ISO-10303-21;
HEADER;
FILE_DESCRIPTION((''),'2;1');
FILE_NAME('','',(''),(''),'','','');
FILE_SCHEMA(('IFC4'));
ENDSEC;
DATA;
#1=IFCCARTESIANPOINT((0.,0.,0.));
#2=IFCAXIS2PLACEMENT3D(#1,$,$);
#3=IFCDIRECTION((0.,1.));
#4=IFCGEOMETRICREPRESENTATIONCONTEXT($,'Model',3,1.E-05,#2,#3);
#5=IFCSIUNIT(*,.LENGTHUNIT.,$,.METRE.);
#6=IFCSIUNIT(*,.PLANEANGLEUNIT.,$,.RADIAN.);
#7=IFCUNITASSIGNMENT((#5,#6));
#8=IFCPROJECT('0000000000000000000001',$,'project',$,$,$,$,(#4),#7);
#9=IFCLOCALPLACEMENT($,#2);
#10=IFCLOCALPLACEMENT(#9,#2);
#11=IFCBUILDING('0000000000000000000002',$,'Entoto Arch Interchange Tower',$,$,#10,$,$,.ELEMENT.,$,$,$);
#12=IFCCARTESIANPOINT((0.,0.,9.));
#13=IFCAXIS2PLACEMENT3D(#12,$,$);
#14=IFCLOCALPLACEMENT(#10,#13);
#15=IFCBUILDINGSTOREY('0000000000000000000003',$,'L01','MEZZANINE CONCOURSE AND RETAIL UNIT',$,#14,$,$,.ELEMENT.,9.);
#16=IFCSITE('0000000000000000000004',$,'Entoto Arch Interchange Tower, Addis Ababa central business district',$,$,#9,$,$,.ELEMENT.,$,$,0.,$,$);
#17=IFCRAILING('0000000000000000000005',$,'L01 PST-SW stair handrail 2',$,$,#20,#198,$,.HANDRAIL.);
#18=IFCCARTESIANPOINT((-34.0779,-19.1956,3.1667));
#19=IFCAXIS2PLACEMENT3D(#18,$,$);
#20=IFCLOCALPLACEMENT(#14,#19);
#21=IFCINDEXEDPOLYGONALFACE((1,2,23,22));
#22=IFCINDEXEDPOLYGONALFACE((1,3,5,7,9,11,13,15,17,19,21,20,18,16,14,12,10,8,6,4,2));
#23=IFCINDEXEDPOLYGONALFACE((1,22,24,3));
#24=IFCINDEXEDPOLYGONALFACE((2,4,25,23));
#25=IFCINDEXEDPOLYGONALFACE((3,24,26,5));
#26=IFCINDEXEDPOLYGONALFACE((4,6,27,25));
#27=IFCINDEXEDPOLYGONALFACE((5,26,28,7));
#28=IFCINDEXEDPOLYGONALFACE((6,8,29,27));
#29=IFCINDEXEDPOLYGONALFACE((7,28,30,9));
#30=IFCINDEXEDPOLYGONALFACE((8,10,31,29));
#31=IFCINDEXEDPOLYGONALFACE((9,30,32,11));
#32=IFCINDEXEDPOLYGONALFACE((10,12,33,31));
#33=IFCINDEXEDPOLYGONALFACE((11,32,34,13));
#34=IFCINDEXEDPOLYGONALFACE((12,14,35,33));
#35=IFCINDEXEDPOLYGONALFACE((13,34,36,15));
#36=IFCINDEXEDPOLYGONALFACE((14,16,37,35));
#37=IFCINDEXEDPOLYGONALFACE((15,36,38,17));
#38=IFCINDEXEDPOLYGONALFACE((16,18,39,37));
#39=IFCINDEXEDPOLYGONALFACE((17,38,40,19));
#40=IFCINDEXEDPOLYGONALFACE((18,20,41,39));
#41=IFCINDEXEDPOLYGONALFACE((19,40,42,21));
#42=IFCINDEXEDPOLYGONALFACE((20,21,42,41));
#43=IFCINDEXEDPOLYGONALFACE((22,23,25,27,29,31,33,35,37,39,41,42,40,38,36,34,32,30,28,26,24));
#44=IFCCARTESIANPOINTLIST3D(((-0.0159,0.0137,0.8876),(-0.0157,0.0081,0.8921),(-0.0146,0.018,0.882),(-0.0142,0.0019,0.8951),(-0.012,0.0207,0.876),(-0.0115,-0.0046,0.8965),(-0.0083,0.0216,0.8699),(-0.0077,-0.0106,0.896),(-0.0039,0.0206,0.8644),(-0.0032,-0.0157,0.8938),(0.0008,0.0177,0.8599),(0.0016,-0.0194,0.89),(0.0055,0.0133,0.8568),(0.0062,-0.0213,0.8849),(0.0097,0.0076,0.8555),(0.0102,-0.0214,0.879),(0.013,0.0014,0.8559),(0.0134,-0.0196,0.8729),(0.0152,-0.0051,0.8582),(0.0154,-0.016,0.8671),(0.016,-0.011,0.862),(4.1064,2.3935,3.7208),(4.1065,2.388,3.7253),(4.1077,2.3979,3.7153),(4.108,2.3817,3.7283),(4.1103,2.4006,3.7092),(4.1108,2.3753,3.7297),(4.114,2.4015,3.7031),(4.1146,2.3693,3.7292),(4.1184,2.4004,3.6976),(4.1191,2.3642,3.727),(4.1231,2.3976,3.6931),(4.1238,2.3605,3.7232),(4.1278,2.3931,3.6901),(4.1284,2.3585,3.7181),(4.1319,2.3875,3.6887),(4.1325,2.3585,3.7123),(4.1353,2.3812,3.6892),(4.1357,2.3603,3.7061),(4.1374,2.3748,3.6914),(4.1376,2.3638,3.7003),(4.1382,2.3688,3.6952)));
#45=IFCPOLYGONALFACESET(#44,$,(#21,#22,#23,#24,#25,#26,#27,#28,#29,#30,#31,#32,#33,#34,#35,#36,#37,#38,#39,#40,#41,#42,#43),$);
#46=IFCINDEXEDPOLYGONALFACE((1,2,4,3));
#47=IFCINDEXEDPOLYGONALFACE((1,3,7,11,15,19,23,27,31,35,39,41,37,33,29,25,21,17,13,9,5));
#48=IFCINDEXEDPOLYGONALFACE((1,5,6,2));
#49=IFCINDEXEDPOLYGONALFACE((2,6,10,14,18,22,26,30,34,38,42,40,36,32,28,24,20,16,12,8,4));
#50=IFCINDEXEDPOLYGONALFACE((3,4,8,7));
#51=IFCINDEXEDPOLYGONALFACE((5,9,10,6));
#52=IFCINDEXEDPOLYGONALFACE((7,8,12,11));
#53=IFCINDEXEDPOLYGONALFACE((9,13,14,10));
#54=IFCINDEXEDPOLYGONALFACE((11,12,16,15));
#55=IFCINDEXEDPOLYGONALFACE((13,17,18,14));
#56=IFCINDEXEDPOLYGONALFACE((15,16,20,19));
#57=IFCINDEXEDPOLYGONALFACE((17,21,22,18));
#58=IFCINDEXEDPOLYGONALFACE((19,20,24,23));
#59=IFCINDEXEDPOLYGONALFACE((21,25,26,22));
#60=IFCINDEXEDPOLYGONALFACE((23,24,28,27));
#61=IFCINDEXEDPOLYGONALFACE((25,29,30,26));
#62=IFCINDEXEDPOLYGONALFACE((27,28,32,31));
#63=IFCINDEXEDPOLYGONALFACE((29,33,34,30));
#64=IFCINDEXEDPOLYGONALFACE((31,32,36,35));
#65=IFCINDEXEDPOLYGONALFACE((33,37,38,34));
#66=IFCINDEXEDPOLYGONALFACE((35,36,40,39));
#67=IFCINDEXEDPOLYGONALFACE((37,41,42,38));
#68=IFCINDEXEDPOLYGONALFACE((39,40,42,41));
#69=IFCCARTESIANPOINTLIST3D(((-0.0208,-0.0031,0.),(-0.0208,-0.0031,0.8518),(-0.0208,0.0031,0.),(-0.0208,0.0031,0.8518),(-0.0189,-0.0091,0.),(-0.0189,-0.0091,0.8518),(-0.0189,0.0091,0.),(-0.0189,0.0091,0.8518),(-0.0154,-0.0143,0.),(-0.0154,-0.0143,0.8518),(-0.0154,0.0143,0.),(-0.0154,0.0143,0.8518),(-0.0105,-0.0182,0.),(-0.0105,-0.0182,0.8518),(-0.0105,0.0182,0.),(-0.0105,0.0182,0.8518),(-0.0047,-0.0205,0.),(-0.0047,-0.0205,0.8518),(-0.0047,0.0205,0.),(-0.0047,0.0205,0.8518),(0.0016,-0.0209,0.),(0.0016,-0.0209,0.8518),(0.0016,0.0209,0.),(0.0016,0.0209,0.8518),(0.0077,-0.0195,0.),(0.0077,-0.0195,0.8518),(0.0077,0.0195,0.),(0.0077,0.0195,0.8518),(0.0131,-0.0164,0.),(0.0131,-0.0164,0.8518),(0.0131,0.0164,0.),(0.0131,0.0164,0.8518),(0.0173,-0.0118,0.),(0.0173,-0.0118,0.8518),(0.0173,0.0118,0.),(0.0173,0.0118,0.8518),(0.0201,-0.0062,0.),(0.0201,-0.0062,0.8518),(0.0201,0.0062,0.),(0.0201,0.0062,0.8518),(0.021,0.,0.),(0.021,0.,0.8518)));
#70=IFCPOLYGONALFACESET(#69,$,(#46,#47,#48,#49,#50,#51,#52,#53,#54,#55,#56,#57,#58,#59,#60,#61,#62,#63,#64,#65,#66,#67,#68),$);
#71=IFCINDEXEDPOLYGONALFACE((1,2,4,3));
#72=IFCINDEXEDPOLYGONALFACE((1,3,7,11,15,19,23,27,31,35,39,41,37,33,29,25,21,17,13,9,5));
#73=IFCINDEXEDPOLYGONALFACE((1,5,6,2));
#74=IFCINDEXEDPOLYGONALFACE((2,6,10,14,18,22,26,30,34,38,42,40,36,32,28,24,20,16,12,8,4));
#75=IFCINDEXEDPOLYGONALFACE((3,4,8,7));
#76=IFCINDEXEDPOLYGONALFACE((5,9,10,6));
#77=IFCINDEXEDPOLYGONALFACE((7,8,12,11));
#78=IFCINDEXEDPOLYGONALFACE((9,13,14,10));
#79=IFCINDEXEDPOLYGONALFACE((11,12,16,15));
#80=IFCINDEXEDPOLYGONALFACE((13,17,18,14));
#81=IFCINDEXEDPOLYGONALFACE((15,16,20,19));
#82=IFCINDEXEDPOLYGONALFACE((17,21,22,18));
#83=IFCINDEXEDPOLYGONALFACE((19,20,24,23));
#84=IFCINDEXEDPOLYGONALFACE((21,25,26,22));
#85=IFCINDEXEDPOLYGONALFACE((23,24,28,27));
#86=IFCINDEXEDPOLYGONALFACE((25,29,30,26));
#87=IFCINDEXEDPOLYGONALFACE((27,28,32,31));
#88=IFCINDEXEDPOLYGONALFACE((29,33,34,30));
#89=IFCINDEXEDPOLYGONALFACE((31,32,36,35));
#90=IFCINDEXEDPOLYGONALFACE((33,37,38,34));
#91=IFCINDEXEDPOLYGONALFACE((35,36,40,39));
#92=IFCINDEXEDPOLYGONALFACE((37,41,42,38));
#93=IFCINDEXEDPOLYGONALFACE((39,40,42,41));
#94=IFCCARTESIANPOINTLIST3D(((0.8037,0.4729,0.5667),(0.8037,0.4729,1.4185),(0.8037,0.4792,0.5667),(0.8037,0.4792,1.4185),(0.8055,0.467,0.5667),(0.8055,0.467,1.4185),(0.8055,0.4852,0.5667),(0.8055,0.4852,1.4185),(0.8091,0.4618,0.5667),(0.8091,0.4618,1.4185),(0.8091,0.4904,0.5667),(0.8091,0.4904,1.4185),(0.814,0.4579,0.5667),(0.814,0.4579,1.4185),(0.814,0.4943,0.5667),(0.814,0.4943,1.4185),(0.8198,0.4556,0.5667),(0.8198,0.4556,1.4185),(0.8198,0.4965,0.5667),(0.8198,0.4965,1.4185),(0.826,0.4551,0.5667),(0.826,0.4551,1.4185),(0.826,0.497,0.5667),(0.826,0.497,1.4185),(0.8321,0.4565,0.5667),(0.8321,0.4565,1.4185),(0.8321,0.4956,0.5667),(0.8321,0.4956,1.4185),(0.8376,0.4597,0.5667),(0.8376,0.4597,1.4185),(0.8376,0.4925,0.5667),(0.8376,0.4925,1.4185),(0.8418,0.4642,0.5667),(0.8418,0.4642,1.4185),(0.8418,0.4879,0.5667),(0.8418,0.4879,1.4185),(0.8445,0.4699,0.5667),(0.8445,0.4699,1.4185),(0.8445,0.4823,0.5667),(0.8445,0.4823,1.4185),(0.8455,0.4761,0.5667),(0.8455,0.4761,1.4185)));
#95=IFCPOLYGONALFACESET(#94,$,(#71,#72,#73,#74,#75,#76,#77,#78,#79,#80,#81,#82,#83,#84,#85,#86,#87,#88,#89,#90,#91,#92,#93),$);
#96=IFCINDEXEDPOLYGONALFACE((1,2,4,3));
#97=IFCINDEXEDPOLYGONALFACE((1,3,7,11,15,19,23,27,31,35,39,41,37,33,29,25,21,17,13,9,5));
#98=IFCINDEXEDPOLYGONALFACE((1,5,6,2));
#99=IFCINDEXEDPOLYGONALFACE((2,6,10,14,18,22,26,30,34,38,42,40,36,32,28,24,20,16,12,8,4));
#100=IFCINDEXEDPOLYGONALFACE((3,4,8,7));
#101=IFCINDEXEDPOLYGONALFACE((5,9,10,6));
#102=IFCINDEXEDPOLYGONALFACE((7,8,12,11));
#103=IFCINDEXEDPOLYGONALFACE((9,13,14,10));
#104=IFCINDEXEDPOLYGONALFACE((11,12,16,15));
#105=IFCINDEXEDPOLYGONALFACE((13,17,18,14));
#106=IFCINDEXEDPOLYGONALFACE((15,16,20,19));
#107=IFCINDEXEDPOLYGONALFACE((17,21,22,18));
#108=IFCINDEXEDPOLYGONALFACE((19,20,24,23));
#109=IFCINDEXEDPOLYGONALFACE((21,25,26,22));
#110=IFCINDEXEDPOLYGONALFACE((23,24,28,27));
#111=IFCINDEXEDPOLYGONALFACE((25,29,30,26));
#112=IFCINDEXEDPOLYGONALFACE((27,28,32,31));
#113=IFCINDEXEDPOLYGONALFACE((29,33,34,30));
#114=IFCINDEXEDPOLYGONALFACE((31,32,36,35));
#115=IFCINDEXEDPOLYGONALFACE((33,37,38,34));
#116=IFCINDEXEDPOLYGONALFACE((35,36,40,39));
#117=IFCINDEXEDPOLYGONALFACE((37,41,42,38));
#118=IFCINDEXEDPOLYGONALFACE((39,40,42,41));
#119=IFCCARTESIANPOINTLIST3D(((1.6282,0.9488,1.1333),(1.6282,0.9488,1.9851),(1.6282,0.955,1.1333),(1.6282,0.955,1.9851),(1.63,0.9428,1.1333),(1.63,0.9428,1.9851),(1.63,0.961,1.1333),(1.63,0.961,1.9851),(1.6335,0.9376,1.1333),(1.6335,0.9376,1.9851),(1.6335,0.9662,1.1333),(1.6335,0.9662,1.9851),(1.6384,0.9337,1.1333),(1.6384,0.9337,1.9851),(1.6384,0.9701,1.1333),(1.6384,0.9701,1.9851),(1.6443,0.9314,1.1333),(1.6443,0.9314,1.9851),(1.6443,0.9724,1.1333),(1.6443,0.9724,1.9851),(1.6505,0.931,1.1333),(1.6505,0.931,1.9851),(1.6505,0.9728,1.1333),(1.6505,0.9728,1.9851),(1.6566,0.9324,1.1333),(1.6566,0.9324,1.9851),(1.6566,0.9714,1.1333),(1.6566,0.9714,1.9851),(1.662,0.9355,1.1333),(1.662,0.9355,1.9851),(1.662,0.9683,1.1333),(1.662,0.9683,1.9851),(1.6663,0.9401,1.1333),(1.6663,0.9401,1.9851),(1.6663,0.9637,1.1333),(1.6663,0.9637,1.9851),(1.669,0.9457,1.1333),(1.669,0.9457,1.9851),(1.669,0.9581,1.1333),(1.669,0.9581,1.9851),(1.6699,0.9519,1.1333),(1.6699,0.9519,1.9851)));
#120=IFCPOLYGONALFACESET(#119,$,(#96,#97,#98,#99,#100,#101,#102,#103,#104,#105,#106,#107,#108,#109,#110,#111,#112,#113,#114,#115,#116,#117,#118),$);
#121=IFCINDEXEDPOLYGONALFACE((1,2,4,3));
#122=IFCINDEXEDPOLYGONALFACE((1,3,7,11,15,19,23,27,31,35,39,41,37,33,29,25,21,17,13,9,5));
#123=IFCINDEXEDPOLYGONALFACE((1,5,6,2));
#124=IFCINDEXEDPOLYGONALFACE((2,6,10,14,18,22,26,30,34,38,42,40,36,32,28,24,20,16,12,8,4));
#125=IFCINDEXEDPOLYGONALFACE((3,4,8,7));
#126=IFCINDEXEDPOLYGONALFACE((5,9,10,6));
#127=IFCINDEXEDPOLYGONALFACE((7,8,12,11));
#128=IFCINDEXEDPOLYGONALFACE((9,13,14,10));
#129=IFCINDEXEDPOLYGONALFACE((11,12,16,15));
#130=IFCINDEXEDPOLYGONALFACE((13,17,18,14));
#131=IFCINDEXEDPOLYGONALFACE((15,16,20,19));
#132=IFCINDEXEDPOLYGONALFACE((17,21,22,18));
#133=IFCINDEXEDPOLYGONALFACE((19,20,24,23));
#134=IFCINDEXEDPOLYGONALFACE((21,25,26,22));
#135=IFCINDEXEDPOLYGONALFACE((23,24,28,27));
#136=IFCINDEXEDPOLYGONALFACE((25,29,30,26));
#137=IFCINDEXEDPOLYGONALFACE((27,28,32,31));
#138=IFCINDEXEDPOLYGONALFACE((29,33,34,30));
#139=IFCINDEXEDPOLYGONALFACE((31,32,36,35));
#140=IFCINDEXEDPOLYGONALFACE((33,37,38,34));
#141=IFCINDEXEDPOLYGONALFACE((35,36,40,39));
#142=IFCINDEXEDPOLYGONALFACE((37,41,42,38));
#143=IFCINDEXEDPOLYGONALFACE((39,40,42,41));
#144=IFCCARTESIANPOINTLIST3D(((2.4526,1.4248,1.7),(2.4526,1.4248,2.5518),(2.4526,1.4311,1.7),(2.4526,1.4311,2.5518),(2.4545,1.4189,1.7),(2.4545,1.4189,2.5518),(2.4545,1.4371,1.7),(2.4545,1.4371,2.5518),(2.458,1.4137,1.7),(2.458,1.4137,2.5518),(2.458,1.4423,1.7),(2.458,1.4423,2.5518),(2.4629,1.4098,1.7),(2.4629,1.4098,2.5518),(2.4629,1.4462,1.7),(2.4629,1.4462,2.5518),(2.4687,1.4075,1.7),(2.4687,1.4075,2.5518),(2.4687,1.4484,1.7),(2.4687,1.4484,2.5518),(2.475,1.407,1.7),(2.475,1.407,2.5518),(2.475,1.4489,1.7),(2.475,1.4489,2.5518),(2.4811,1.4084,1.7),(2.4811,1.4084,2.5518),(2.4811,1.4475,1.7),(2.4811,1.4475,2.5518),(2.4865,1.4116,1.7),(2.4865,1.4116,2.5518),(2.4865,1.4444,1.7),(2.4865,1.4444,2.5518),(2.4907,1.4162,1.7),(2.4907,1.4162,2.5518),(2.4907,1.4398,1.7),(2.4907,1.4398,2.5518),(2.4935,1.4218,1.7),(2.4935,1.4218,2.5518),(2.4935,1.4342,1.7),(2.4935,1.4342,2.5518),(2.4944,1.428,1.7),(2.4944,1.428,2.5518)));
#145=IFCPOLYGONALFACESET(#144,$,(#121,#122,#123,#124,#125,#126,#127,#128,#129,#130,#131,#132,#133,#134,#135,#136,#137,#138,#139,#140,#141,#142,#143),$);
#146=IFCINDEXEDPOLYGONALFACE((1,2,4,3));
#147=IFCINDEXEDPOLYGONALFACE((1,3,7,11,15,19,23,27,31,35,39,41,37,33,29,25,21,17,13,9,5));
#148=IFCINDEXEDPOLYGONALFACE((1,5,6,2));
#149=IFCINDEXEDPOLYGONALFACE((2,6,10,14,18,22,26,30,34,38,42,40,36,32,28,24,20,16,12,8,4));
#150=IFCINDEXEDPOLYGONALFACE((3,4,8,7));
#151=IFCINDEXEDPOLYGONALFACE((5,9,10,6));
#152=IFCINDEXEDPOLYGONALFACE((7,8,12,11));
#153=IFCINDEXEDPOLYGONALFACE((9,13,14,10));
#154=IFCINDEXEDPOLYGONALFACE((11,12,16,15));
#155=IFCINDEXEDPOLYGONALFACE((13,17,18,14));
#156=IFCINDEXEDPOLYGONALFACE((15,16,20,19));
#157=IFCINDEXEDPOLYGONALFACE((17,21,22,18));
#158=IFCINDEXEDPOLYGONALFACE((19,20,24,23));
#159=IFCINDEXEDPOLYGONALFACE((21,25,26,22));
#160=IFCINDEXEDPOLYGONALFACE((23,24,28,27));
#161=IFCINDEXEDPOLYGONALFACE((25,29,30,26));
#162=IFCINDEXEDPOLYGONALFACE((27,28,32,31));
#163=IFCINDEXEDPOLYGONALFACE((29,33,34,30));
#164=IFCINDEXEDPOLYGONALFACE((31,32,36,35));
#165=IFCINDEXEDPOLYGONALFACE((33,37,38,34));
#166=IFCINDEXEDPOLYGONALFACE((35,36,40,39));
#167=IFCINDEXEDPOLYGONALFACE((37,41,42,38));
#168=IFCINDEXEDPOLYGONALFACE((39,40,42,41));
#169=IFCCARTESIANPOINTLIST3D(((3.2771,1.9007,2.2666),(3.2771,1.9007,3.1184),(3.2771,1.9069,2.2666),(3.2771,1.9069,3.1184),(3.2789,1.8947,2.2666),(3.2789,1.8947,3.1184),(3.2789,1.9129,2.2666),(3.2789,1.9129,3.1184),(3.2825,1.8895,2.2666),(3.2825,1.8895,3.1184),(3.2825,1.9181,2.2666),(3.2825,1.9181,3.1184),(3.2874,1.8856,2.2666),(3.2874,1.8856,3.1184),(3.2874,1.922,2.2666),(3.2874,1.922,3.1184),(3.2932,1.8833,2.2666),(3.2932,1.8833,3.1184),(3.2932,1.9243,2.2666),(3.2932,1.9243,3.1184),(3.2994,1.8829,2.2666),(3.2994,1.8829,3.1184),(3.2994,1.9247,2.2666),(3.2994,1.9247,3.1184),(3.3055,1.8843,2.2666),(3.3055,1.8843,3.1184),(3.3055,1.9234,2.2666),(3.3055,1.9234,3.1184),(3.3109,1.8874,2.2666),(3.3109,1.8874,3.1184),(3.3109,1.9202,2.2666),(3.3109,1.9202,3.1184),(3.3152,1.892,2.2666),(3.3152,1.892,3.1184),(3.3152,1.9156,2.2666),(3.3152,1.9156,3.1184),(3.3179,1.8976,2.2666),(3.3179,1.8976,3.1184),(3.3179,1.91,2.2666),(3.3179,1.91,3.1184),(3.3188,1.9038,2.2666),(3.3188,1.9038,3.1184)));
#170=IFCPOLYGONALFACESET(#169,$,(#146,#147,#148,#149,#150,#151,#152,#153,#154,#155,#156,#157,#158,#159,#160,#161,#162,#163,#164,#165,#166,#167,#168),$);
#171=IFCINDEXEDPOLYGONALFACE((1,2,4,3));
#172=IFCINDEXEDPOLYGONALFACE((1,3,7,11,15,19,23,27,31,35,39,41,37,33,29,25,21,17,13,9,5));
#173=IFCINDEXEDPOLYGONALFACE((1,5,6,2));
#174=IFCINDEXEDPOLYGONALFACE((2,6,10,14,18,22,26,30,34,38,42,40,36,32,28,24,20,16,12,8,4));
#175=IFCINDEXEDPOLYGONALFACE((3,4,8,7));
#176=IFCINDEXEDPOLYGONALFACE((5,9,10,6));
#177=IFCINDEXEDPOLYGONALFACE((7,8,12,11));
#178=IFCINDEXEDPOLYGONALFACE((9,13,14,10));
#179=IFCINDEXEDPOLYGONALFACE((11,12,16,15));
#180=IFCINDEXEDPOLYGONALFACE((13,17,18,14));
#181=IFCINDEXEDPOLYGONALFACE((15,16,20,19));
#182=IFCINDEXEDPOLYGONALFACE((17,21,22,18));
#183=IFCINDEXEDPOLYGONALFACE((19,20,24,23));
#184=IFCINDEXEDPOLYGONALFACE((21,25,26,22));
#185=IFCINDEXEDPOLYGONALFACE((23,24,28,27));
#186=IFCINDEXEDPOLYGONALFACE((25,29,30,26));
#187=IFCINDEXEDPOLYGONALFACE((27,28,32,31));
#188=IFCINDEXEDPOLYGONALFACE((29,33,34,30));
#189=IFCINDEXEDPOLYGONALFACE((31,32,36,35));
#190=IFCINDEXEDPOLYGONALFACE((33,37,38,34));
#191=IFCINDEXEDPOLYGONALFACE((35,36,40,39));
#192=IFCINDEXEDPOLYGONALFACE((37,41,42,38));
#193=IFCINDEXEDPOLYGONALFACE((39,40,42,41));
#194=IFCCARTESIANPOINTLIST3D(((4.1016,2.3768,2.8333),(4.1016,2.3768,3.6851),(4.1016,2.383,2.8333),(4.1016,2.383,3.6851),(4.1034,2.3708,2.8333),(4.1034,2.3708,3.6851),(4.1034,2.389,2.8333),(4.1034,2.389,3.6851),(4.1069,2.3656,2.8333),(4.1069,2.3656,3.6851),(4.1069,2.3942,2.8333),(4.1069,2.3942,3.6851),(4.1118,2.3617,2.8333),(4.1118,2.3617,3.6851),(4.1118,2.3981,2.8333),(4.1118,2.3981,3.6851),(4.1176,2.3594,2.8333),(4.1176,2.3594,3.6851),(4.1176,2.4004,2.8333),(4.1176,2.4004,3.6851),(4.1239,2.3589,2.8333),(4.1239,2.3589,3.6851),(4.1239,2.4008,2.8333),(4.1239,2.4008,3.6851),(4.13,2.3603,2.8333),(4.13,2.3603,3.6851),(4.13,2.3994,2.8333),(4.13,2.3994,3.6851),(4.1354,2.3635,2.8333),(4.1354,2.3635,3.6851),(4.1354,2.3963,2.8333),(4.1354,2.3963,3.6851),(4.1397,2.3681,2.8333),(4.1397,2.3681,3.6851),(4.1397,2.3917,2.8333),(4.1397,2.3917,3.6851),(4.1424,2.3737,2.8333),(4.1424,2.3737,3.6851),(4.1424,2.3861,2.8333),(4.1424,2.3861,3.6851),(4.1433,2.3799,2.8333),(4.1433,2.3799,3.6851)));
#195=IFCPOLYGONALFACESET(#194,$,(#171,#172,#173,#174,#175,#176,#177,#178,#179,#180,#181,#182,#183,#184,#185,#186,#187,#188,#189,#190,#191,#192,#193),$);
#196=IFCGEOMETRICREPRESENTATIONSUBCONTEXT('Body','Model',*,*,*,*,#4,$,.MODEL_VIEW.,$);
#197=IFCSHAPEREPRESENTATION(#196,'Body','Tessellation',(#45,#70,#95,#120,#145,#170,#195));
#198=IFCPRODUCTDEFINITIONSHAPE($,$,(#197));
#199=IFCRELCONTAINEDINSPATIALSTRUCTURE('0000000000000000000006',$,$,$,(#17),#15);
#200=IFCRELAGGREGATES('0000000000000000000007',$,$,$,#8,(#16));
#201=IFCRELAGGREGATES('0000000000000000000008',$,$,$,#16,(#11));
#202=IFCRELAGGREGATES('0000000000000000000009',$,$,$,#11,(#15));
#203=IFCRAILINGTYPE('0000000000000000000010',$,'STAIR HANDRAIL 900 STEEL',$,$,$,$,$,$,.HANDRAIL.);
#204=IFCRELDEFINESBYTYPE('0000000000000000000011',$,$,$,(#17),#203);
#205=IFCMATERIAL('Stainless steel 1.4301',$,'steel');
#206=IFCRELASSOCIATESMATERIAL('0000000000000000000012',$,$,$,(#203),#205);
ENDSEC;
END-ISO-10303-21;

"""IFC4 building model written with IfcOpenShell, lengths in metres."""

from ifc_helpers import new_model, si_unit, direction, frame, origin, origin_2d, place, context, subcontext, project, spatial, circle, extrude, material, type_object, element, save


model = new_model("IFC4")

# Units and contexts
model_context = context("Model", 3, precision=1e-05, world=origin(), true_north=direction((0.0, 1.0)))
body_context = subcontext(model_context, "Body", "Model", "MODEL_VIEW")
ifc_project = project(units=[si_unit("LENGTHUNIT", "METRE"), si_unit("PLANEANGLEUNIT", "RADIAN")], contexts=[model_context])

# Site, building, storey
site_placement = place(None, origin())
site = spatial("IfcSite", under=ifc_project, at=site_placement, Name="Entoto Arch Interchange Tower, Addis Ababa central business district", CompositionType="ELEMENT", RefElevation=0.0)
building_placement = place(site_placement, origin())
building = spatial("IfcBuilding", under=site, at=building_placement, Name="Entoto Arch Interchange Tower", CompositionType="ELEMENT")
storey_placement = place(building_placement, frame((0.0, 0.0, 9.0)))
storey = spatial("IfcBuildingStorey", under=building, at=storey_placement, Name="L01", Description="MEZZANINE CONCOURSE AND RETAIL UNIT", CompositionType="ELEMENT", Elevation=9.0)

# Railing
ifc_material_1 = material(Name="Stainless steel 1.4301", Category="steel")
railing_type_1 = type_object("IfcRailingType", Name="STAIR HANDRAIL 900 STEEL", PredefinedType="HANDRAIL", material=ifc_material_1)
railing_1_placement = place(storey_placement, frame((-34.0779, -19.1956, 3.1667)))
element("IfcRailing", 1, at=railing_1_placement, inside=storey, type_object=railing_type_1, Name="L01 PST-SW stair handrail 2", PredefinedType="HANDRAIL", context=body_context, shape_type="SweptSolid", body=[
    extrude(circle(Radius=0.0239, at=origin_2d()), frame((0.0, 0.0, 0.876), z_axis=(0.744185, 0.42963, 0.511475), x_axis=(-0.499978, 0.866038, 0.0)), (0.0, 0.0, 1.0), 5.5393),
    extrude(circle(Radius=0.021, at=origin_2d()), origin(), (0.0, 0.0, 1.0), 0.8518),
    extrude(circle(Radius=0.021, at=origin_2d()), frame((0.8245, 0.4761, 0.5667)), (0.0, 0.0, 1.0), 0.8518),
    extrude(circle(Radius=0.021, at=origin_2d()), frame((1.6489, 0.9519, 1.1333)), (0.0, 0.0, 1.0), 0.8518),
    extrude(circle(Radius=0.021, at=origin_2d()), frame((2.4734, 1.428, 1.7)), (0.0, 0.0, 1.0), 0.8518),
    extrude(circle(Radius=0.021, at=origin_2d()), frame((3.2979, 1.9038, 2.2666)), (0.0, 0.0, 1.0), 0.8518),
    extrude(circle(Radius=0.021, at=origin_2d()), frame((4.1223, 2.3799, 2.8333)), (0.0, 0.0, 1.0), 0.8518),
])

save(model, "model.ifc")
